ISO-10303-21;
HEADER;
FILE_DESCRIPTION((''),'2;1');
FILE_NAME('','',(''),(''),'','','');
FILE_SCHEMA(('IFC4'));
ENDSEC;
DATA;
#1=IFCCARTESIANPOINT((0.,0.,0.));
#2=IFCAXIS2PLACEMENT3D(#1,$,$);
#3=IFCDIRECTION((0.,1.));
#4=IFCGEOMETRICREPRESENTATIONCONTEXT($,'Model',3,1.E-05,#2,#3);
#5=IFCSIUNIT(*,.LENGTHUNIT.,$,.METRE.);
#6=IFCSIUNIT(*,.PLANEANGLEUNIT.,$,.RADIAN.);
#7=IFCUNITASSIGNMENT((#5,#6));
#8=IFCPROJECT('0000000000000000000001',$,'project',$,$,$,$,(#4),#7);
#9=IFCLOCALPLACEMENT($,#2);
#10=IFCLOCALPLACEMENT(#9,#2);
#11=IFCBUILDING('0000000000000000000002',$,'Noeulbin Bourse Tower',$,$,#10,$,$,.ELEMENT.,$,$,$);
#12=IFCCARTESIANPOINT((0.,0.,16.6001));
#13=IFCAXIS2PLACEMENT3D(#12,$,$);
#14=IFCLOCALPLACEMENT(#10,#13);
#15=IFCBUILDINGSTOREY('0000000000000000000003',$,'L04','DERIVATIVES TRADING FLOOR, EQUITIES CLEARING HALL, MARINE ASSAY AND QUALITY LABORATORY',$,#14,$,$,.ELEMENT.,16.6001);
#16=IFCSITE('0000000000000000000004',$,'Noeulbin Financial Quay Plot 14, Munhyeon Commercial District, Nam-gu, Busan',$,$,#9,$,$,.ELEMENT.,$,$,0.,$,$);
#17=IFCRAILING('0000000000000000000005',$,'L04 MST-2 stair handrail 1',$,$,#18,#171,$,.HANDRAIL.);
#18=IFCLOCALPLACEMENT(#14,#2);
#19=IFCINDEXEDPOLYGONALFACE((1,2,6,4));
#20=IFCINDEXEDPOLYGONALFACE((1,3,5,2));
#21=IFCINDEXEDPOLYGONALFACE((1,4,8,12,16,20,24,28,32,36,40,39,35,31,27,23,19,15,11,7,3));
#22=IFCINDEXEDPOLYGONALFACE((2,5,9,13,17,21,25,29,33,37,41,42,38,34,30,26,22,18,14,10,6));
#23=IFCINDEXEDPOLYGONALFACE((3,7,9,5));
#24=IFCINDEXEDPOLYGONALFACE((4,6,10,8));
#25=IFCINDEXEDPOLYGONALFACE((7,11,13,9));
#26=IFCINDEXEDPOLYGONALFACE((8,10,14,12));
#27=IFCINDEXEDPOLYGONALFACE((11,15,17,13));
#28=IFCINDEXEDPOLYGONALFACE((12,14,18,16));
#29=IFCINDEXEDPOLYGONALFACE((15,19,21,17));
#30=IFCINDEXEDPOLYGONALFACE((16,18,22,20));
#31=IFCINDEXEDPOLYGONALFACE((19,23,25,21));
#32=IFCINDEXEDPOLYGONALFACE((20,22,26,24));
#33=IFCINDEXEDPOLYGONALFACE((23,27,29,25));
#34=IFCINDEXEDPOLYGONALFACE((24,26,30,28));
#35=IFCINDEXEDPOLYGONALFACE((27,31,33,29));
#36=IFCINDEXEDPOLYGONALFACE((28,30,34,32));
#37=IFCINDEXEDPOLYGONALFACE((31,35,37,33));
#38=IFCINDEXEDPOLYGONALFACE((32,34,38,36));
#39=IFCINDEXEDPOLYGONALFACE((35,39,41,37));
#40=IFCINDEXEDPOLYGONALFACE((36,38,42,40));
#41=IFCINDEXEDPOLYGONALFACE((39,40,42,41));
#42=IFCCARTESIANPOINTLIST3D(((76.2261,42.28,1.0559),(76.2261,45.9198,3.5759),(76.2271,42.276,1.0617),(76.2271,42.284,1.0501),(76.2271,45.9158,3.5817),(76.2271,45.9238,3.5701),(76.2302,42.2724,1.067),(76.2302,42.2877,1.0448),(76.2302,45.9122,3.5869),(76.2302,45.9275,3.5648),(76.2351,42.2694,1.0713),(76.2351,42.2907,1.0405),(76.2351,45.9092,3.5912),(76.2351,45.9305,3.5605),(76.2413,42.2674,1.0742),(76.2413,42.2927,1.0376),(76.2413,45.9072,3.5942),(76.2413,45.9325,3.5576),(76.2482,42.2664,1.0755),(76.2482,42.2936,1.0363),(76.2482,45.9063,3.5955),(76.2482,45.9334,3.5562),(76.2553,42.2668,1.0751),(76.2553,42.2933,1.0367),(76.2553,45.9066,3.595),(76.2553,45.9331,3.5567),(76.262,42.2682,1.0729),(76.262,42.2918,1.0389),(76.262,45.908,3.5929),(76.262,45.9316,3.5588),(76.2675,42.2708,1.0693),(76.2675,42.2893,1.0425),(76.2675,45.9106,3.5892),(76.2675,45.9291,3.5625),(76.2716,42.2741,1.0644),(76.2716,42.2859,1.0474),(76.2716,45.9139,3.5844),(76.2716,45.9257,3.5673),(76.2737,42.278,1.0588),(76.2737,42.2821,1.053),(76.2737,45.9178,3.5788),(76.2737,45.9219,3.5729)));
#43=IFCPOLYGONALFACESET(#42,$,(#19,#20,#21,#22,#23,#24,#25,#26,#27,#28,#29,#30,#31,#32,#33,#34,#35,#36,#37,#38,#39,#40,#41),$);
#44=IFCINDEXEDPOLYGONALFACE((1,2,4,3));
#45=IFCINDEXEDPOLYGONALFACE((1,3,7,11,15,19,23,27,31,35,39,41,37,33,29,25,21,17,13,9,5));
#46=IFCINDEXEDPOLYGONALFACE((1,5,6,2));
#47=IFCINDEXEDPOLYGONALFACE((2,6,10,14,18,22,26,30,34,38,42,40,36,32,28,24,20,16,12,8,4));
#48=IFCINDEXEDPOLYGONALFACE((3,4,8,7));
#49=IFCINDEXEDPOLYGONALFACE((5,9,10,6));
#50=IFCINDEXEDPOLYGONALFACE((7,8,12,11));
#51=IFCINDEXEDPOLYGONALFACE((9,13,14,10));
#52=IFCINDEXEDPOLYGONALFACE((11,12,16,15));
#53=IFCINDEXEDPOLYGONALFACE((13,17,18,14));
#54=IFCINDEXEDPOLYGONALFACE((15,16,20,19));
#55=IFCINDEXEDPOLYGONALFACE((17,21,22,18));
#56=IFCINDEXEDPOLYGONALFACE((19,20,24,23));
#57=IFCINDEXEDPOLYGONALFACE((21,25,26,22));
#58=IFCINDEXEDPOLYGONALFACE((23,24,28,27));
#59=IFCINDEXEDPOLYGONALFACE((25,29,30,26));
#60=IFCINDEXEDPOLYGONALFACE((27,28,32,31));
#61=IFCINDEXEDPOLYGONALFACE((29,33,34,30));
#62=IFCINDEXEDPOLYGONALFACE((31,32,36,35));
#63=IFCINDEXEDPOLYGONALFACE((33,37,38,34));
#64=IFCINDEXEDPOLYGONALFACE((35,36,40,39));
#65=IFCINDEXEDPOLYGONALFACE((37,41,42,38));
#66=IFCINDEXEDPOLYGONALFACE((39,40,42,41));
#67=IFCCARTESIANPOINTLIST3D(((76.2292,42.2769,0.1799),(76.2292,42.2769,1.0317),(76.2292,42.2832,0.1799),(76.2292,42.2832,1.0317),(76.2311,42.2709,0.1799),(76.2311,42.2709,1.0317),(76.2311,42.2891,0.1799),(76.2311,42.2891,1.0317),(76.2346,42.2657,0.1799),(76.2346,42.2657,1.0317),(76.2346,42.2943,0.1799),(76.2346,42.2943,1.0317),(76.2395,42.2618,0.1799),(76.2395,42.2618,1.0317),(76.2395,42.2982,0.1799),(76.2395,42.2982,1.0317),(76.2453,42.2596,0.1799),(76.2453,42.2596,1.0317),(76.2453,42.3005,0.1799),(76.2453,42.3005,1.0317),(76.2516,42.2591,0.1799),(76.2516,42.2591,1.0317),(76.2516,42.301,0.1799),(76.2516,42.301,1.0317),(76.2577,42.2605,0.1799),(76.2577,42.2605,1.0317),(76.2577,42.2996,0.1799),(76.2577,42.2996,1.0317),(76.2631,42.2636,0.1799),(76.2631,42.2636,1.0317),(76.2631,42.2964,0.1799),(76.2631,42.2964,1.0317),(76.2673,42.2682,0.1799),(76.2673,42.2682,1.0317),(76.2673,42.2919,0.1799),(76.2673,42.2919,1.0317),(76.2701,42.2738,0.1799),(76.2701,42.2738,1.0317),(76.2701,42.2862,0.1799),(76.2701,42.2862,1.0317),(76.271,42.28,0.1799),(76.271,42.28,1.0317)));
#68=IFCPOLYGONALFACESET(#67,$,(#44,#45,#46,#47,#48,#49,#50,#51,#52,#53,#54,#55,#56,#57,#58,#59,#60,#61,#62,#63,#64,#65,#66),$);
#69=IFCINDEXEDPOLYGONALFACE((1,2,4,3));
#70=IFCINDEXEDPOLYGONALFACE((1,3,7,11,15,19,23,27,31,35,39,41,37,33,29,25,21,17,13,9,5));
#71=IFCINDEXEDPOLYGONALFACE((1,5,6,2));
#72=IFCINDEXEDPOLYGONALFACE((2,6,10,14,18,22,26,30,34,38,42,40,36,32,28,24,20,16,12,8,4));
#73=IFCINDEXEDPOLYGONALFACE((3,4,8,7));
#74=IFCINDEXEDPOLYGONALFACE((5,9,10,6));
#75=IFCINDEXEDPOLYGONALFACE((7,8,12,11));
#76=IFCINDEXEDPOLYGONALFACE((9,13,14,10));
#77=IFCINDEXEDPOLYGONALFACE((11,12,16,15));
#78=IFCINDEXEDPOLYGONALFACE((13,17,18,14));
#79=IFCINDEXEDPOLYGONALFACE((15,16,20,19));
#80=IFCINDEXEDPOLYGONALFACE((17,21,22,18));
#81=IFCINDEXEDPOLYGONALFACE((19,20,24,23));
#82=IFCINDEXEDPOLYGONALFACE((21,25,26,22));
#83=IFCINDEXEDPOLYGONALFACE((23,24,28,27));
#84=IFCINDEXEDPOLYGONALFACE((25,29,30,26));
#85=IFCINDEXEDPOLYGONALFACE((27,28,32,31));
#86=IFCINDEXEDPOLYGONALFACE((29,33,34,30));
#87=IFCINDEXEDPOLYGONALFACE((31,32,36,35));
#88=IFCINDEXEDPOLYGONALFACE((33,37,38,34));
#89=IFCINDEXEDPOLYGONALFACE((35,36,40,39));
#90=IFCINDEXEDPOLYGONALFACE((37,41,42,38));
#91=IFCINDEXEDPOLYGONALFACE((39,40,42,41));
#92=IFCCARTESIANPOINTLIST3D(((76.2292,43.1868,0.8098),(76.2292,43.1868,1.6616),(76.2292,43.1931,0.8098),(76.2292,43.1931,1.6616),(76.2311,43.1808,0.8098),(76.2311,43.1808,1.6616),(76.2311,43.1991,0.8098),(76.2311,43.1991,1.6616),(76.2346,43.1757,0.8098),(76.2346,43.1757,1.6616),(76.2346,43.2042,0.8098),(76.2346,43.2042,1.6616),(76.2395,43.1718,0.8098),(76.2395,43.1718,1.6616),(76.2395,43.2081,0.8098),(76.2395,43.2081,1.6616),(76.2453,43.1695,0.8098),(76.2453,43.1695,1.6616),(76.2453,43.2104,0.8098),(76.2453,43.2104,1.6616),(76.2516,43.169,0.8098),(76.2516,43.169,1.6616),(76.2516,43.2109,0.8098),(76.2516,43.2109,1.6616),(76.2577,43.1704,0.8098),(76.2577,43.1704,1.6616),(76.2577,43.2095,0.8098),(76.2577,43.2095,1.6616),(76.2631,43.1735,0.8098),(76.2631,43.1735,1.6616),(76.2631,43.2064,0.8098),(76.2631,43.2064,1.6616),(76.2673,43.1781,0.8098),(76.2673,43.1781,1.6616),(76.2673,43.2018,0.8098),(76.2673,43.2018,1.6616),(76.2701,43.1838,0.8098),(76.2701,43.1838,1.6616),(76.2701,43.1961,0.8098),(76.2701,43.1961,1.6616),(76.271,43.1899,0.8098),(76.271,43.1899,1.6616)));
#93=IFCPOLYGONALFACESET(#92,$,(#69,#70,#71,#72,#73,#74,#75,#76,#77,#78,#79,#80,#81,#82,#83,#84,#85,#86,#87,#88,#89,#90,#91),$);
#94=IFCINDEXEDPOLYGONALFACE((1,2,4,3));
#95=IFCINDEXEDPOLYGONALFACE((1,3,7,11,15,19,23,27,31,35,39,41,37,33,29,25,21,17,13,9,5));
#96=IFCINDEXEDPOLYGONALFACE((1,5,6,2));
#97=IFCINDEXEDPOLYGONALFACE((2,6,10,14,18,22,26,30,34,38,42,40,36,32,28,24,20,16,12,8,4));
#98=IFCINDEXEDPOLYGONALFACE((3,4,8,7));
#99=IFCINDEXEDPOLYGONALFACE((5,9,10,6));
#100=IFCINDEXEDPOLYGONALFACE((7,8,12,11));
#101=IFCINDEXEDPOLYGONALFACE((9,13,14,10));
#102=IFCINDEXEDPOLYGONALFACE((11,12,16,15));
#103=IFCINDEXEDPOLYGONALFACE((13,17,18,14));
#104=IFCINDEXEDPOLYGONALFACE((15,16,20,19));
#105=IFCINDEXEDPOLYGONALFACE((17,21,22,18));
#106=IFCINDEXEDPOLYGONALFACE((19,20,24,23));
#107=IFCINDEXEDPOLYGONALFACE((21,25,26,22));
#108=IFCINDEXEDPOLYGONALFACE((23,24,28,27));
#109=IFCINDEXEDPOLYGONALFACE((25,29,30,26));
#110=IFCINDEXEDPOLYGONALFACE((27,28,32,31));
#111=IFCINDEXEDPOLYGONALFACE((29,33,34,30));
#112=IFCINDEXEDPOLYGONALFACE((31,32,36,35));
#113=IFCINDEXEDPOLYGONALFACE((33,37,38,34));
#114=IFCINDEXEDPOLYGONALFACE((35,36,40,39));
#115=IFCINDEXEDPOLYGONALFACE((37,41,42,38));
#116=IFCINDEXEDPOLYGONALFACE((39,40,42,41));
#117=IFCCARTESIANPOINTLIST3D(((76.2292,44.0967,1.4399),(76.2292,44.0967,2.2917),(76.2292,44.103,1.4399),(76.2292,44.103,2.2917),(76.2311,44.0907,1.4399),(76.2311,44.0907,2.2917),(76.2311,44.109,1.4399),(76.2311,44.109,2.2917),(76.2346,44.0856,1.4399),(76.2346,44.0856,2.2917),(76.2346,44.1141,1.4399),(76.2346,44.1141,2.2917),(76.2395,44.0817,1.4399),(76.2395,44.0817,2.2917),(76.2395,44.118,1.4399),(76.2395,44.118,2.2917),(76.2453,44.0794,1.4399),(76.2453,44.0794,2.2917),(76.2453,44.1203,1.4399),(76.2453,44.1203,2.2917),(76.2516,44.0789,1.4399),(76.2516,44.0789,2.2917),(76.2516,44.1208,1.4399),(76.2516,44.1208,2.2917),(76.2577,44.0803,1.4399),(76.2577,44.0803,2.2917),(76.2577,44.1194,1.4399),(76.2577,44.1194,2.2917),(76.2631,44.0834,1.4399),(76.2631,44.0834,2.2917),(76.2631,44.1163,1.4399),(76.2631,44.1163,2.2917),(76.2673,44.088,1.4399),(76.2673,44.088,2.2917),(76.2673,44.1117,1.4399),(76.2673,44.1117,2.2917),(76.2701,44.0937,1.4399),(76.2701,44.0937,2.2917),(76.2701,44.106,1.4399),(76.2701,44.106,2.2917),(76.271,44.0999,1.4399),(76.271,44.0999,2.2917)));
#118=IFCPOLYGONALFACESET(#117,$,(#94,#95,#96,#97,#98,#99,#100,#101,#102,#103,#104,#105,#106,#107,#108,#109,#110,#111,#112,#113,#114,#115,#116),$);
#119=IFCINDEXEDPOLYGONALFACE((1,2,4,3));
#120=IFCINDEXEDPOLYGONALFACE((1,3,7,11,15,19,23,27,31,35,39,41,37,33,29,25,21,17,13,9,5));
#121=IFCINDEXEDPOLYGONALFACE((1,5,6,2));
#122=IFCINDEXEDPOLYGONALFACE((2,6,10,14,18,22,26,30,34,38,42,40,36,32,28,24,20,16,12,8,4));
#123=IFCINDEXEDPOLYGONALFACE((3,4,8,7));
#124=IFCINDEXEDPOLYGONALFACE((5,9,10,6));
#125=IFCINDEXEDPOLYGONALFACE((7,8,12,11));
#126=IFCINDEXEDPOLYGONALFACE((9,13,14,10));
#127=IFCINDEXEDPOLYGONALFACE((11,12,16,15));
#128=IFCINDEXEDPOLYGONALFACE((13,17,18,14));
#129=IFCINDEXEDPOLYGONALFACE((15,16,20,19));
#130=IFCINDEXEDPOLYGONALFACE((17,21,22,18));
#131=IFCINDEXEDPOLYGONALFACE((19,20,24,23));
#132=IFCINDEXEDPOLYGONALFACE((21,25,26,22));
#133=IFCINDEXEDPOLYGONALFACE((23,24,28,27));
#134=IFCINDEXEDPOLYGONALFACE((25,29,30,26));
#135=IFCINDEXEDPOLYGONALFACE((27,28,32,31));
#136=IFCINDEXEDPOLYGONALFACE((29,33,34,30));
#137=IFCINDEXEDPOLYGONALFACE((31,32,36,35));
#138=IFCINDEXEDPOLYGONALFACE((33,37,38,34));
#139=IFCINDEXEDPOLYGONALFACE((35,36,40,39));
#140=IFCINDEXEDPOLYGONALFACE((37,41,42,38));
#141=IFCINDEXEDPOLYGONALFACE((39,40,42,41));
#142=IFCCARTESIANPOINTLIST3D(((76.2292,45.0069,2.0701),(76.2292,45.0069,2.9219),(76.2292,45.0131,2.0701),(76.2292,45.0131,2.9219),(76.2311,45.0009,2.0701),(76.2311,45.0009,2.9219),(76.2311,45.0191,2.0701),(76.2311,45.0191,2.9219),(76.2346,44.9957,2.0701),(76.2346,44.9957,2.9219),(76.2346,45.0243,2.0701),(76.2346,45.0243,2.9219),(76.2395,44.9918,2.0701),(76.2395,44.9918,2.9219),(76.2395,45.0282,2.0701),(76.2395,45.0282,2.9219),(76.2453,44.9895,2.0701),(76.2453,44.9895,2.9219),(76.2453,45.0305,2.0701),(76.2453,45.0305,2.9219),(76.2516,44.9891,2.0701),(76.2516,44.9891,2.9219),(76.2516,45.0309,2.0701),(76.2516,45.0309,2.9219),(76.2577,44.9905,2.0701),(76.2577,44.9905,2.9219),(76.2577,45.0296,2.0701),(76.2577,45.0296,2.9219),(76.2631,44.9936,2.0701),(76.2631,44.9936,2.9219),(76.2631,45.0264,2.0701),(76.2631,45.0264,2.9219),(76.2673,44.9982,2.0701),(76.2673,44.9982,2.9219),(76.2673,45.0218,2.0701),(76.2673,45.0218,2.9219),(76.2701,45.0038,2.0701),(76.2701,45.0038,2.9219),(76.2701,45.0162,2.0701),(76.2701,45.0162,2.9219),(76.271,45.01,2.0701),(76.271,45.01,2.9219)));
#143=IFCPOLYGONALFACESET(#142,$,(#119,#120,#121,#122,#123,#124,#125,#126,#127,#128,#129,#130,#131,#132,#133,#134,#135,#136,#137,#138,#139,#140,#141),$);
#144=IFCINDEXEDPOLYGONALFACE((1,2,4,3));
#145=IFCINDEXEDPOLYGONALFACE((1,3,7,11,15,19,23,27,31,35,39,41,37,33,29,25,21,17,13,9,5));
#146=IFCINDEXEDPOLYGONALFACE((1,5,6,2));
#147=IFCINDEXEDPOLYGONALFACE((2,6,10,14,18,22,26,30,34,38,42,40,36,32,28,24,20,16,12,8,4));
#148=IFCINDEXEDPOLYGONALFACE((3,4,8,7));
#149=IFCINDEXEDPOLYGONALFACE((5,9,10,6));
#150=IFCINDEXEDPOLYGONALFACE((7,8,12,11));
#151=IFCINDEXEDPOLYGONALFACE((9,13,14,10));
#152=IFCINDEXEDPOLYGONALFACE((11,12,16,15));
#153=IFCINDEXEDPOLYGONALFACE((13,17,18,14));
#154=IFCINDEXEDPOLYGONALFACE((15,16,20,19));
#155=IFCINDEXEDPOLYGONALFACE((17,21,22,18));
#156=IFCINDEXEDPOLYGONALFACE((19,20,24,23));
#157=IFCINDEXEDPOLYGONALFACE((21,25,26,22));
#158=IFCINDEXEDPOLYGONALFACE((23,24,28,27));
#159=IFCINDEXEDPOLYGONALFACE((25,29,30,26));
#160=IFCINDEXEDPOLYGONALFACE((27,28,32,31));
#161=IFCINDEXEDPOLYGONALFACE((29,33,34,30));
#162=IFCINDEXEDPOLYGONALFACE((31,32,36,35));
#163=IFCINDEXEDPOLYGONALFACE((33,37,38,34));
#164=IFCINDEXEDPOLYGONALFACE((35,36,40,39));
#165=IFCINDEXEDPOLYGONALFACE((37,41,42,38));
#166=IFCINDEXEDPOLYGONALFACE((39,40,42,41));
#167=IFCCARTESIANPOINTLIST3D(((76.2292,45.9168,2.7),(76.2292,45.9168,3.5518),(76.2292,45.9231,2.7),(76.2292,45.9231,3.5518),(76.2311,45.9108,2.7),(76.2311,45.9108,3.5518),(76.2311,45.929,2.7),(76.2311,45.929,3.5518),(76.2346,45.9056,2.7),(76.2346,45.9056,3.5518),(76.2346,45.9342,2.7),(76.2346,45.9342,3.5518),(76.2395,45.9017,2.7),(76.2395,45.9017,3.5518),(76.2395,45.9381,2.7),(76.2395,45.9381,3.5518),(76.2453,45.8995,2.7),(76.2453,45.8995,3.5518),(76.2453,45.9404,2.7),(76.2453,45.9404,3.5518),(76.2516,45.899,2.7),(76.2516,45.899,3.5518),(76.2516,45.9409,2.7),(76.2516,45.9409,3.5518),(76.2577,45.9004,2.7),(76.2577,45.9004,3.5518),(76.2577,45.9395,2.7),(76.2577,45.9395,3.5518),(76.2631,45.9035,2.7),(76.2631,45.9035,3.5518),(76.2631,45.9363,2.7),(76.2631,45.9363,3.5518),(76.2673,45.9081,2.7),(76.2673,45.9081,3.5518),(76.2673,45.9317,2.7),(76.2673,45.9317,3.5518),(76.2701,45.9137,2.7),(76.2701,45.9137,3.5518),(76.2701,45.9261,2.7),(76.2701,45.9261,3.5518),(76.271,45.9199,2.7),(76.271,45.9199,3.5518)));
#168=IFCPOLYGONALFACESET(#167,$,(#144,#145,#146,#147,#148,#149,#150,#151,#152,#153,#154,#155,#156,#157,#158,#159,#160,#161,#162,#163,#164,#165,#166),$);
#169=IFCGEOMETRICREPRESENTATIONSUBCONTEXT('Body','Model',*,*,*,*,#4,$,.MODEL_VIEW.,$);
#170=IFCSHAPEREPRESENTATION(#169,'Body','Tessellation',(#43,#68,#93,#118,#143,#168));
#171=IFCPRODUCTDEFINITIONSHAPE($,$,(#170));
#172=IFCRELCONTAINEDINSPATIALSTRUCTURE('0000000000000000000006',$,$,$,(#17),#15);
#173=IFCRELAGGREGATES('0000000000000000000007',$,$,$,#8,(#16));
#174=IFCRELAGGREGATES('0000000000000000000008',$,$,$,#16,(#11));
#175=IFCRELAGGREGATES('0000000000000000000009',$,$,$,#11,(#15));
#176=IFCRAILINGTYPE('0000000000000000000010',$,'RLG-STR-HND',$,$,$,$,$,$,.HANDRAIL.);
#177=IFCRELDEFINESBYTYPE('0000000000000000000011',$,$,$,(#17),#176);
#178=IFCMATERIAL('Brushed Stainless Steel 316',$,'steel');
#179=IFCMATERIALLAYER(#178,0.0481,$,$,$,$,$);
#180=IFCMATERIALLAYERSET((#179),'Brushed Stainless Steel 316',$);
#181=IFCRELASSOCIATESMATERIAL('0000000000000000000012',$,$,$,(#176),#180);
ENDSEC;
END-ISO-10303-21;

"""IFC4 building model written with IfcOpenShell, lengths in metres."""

from ifc_helpers import new_model, si_unit, direction, frame, origin, origin_2d, place, context, subcontext, project, spatial, circle, extrude, material, layer, layer_set, type_object, element, save


model = new_model("IFC4")

# Units and contexts
model_context = context("Model", 3, precision=1e-05, world=origin(), true_north=direction((0.0, 1.0)))
body_context = subcontext(model_context, "Body", "Model", "MODEL_VIEW")
ifc_project = project(units=[si_unit("LENGTHUNIT", "METRE"), si_unit("PLANEANGLEUNIT", "RADIAN")], contexts=[model_context])

# Site, building, storey
site_placement = place(None, origin())
site = spatial("IfcSite", under=ifc_project, at=site_placement, Name="Noeulbin Financial Quay Plot 14, Munhyeon Commercial District, Nam-gu, Busan", CompositionType="ELEMENT", RefElevation=0.0)
building_placement = place(site_placement, origin())
building = spatial("IfcBuilding", under=site, at=building_placement, Name="Noeulbin Bourse Tower", CompositionType="ELEMENT")
storey_placement = place(building_placement, frame((0.0, 0.0, 16.6001)))
storey = spatial("IfcBuildingStorey", under=building, at=storey_placement, Name="L04", Description="DERIVATIVES TRADING FLOOR, EQUITIES CLEARING HALL, MARINE ASSAY AND QUALITY LABORATORY", CompositionType="ELEMENT", Elevation=16.6001)

# Railing
ifc_material_1 = material(Name="Brushed Stainless Steel 316", Category="steel")
ifc_layer_1 = layer(ifc_material_1, 0.0481)
ifc_layer_set_1 = layer_set([ifc_layer_1], Name="Brushed Stainless Steel 316")
railing_type_1 = type_object("IfcRailingType", Name="RLG-STR-HND", PredefinedType="HANDRAIL", material=ifc_layer_set_1)
railing_1_placement = place(storey_placement, frame((76.25, 42.28, 0.1799)))
element("IfcRailing", 1, at=railing_1_placement, inside=storey, type_object=railing_type_1, Name="L04 MST-2 stair handrail 1", PredefinedType="HANDRAIL", context=body_context, shape_type="SweptSolid", body=[
    extrude(circle(Radius=0.0239, at=origin_2d()), frame((0.0, 0.0, 0.876), z_axis=(0.0, 0.822182, 0.569224), x_axis=(-1.0, 0.0, 0.0)), (0.0, 0.0, 1.0), 4.427),
    extrude(circle(Radius=0.021, at=origin_2d()), origin(), (0.0, 0.0, 1.0), 0.8518),
    extrude(circle(Radius=0.021, at=origin_2d()), frame((0.0, 0.9099, 0.6299)), (0.0, 0.0, 1.0), 0.8518),
    extrude(circle(Radius=0.021, at=origin_2d()), frame((0.0, 1.8198, 1.26)), (0.0, 0.0, 1.0), 0.8518),
    extrude(circle(Radius=0.021, at=origin_2d()), frame((0.0, 2.73, 1.8901)), (0.0, 0.0, 1.0), 0.8518),
    extrude(circle(Radius=0.021, at=origin_2d()), frame((0.0, 3.6399, 2.52)), (0.0, 0.0, 1.0), 0.8518),
])

save(model, "model.ifc")
